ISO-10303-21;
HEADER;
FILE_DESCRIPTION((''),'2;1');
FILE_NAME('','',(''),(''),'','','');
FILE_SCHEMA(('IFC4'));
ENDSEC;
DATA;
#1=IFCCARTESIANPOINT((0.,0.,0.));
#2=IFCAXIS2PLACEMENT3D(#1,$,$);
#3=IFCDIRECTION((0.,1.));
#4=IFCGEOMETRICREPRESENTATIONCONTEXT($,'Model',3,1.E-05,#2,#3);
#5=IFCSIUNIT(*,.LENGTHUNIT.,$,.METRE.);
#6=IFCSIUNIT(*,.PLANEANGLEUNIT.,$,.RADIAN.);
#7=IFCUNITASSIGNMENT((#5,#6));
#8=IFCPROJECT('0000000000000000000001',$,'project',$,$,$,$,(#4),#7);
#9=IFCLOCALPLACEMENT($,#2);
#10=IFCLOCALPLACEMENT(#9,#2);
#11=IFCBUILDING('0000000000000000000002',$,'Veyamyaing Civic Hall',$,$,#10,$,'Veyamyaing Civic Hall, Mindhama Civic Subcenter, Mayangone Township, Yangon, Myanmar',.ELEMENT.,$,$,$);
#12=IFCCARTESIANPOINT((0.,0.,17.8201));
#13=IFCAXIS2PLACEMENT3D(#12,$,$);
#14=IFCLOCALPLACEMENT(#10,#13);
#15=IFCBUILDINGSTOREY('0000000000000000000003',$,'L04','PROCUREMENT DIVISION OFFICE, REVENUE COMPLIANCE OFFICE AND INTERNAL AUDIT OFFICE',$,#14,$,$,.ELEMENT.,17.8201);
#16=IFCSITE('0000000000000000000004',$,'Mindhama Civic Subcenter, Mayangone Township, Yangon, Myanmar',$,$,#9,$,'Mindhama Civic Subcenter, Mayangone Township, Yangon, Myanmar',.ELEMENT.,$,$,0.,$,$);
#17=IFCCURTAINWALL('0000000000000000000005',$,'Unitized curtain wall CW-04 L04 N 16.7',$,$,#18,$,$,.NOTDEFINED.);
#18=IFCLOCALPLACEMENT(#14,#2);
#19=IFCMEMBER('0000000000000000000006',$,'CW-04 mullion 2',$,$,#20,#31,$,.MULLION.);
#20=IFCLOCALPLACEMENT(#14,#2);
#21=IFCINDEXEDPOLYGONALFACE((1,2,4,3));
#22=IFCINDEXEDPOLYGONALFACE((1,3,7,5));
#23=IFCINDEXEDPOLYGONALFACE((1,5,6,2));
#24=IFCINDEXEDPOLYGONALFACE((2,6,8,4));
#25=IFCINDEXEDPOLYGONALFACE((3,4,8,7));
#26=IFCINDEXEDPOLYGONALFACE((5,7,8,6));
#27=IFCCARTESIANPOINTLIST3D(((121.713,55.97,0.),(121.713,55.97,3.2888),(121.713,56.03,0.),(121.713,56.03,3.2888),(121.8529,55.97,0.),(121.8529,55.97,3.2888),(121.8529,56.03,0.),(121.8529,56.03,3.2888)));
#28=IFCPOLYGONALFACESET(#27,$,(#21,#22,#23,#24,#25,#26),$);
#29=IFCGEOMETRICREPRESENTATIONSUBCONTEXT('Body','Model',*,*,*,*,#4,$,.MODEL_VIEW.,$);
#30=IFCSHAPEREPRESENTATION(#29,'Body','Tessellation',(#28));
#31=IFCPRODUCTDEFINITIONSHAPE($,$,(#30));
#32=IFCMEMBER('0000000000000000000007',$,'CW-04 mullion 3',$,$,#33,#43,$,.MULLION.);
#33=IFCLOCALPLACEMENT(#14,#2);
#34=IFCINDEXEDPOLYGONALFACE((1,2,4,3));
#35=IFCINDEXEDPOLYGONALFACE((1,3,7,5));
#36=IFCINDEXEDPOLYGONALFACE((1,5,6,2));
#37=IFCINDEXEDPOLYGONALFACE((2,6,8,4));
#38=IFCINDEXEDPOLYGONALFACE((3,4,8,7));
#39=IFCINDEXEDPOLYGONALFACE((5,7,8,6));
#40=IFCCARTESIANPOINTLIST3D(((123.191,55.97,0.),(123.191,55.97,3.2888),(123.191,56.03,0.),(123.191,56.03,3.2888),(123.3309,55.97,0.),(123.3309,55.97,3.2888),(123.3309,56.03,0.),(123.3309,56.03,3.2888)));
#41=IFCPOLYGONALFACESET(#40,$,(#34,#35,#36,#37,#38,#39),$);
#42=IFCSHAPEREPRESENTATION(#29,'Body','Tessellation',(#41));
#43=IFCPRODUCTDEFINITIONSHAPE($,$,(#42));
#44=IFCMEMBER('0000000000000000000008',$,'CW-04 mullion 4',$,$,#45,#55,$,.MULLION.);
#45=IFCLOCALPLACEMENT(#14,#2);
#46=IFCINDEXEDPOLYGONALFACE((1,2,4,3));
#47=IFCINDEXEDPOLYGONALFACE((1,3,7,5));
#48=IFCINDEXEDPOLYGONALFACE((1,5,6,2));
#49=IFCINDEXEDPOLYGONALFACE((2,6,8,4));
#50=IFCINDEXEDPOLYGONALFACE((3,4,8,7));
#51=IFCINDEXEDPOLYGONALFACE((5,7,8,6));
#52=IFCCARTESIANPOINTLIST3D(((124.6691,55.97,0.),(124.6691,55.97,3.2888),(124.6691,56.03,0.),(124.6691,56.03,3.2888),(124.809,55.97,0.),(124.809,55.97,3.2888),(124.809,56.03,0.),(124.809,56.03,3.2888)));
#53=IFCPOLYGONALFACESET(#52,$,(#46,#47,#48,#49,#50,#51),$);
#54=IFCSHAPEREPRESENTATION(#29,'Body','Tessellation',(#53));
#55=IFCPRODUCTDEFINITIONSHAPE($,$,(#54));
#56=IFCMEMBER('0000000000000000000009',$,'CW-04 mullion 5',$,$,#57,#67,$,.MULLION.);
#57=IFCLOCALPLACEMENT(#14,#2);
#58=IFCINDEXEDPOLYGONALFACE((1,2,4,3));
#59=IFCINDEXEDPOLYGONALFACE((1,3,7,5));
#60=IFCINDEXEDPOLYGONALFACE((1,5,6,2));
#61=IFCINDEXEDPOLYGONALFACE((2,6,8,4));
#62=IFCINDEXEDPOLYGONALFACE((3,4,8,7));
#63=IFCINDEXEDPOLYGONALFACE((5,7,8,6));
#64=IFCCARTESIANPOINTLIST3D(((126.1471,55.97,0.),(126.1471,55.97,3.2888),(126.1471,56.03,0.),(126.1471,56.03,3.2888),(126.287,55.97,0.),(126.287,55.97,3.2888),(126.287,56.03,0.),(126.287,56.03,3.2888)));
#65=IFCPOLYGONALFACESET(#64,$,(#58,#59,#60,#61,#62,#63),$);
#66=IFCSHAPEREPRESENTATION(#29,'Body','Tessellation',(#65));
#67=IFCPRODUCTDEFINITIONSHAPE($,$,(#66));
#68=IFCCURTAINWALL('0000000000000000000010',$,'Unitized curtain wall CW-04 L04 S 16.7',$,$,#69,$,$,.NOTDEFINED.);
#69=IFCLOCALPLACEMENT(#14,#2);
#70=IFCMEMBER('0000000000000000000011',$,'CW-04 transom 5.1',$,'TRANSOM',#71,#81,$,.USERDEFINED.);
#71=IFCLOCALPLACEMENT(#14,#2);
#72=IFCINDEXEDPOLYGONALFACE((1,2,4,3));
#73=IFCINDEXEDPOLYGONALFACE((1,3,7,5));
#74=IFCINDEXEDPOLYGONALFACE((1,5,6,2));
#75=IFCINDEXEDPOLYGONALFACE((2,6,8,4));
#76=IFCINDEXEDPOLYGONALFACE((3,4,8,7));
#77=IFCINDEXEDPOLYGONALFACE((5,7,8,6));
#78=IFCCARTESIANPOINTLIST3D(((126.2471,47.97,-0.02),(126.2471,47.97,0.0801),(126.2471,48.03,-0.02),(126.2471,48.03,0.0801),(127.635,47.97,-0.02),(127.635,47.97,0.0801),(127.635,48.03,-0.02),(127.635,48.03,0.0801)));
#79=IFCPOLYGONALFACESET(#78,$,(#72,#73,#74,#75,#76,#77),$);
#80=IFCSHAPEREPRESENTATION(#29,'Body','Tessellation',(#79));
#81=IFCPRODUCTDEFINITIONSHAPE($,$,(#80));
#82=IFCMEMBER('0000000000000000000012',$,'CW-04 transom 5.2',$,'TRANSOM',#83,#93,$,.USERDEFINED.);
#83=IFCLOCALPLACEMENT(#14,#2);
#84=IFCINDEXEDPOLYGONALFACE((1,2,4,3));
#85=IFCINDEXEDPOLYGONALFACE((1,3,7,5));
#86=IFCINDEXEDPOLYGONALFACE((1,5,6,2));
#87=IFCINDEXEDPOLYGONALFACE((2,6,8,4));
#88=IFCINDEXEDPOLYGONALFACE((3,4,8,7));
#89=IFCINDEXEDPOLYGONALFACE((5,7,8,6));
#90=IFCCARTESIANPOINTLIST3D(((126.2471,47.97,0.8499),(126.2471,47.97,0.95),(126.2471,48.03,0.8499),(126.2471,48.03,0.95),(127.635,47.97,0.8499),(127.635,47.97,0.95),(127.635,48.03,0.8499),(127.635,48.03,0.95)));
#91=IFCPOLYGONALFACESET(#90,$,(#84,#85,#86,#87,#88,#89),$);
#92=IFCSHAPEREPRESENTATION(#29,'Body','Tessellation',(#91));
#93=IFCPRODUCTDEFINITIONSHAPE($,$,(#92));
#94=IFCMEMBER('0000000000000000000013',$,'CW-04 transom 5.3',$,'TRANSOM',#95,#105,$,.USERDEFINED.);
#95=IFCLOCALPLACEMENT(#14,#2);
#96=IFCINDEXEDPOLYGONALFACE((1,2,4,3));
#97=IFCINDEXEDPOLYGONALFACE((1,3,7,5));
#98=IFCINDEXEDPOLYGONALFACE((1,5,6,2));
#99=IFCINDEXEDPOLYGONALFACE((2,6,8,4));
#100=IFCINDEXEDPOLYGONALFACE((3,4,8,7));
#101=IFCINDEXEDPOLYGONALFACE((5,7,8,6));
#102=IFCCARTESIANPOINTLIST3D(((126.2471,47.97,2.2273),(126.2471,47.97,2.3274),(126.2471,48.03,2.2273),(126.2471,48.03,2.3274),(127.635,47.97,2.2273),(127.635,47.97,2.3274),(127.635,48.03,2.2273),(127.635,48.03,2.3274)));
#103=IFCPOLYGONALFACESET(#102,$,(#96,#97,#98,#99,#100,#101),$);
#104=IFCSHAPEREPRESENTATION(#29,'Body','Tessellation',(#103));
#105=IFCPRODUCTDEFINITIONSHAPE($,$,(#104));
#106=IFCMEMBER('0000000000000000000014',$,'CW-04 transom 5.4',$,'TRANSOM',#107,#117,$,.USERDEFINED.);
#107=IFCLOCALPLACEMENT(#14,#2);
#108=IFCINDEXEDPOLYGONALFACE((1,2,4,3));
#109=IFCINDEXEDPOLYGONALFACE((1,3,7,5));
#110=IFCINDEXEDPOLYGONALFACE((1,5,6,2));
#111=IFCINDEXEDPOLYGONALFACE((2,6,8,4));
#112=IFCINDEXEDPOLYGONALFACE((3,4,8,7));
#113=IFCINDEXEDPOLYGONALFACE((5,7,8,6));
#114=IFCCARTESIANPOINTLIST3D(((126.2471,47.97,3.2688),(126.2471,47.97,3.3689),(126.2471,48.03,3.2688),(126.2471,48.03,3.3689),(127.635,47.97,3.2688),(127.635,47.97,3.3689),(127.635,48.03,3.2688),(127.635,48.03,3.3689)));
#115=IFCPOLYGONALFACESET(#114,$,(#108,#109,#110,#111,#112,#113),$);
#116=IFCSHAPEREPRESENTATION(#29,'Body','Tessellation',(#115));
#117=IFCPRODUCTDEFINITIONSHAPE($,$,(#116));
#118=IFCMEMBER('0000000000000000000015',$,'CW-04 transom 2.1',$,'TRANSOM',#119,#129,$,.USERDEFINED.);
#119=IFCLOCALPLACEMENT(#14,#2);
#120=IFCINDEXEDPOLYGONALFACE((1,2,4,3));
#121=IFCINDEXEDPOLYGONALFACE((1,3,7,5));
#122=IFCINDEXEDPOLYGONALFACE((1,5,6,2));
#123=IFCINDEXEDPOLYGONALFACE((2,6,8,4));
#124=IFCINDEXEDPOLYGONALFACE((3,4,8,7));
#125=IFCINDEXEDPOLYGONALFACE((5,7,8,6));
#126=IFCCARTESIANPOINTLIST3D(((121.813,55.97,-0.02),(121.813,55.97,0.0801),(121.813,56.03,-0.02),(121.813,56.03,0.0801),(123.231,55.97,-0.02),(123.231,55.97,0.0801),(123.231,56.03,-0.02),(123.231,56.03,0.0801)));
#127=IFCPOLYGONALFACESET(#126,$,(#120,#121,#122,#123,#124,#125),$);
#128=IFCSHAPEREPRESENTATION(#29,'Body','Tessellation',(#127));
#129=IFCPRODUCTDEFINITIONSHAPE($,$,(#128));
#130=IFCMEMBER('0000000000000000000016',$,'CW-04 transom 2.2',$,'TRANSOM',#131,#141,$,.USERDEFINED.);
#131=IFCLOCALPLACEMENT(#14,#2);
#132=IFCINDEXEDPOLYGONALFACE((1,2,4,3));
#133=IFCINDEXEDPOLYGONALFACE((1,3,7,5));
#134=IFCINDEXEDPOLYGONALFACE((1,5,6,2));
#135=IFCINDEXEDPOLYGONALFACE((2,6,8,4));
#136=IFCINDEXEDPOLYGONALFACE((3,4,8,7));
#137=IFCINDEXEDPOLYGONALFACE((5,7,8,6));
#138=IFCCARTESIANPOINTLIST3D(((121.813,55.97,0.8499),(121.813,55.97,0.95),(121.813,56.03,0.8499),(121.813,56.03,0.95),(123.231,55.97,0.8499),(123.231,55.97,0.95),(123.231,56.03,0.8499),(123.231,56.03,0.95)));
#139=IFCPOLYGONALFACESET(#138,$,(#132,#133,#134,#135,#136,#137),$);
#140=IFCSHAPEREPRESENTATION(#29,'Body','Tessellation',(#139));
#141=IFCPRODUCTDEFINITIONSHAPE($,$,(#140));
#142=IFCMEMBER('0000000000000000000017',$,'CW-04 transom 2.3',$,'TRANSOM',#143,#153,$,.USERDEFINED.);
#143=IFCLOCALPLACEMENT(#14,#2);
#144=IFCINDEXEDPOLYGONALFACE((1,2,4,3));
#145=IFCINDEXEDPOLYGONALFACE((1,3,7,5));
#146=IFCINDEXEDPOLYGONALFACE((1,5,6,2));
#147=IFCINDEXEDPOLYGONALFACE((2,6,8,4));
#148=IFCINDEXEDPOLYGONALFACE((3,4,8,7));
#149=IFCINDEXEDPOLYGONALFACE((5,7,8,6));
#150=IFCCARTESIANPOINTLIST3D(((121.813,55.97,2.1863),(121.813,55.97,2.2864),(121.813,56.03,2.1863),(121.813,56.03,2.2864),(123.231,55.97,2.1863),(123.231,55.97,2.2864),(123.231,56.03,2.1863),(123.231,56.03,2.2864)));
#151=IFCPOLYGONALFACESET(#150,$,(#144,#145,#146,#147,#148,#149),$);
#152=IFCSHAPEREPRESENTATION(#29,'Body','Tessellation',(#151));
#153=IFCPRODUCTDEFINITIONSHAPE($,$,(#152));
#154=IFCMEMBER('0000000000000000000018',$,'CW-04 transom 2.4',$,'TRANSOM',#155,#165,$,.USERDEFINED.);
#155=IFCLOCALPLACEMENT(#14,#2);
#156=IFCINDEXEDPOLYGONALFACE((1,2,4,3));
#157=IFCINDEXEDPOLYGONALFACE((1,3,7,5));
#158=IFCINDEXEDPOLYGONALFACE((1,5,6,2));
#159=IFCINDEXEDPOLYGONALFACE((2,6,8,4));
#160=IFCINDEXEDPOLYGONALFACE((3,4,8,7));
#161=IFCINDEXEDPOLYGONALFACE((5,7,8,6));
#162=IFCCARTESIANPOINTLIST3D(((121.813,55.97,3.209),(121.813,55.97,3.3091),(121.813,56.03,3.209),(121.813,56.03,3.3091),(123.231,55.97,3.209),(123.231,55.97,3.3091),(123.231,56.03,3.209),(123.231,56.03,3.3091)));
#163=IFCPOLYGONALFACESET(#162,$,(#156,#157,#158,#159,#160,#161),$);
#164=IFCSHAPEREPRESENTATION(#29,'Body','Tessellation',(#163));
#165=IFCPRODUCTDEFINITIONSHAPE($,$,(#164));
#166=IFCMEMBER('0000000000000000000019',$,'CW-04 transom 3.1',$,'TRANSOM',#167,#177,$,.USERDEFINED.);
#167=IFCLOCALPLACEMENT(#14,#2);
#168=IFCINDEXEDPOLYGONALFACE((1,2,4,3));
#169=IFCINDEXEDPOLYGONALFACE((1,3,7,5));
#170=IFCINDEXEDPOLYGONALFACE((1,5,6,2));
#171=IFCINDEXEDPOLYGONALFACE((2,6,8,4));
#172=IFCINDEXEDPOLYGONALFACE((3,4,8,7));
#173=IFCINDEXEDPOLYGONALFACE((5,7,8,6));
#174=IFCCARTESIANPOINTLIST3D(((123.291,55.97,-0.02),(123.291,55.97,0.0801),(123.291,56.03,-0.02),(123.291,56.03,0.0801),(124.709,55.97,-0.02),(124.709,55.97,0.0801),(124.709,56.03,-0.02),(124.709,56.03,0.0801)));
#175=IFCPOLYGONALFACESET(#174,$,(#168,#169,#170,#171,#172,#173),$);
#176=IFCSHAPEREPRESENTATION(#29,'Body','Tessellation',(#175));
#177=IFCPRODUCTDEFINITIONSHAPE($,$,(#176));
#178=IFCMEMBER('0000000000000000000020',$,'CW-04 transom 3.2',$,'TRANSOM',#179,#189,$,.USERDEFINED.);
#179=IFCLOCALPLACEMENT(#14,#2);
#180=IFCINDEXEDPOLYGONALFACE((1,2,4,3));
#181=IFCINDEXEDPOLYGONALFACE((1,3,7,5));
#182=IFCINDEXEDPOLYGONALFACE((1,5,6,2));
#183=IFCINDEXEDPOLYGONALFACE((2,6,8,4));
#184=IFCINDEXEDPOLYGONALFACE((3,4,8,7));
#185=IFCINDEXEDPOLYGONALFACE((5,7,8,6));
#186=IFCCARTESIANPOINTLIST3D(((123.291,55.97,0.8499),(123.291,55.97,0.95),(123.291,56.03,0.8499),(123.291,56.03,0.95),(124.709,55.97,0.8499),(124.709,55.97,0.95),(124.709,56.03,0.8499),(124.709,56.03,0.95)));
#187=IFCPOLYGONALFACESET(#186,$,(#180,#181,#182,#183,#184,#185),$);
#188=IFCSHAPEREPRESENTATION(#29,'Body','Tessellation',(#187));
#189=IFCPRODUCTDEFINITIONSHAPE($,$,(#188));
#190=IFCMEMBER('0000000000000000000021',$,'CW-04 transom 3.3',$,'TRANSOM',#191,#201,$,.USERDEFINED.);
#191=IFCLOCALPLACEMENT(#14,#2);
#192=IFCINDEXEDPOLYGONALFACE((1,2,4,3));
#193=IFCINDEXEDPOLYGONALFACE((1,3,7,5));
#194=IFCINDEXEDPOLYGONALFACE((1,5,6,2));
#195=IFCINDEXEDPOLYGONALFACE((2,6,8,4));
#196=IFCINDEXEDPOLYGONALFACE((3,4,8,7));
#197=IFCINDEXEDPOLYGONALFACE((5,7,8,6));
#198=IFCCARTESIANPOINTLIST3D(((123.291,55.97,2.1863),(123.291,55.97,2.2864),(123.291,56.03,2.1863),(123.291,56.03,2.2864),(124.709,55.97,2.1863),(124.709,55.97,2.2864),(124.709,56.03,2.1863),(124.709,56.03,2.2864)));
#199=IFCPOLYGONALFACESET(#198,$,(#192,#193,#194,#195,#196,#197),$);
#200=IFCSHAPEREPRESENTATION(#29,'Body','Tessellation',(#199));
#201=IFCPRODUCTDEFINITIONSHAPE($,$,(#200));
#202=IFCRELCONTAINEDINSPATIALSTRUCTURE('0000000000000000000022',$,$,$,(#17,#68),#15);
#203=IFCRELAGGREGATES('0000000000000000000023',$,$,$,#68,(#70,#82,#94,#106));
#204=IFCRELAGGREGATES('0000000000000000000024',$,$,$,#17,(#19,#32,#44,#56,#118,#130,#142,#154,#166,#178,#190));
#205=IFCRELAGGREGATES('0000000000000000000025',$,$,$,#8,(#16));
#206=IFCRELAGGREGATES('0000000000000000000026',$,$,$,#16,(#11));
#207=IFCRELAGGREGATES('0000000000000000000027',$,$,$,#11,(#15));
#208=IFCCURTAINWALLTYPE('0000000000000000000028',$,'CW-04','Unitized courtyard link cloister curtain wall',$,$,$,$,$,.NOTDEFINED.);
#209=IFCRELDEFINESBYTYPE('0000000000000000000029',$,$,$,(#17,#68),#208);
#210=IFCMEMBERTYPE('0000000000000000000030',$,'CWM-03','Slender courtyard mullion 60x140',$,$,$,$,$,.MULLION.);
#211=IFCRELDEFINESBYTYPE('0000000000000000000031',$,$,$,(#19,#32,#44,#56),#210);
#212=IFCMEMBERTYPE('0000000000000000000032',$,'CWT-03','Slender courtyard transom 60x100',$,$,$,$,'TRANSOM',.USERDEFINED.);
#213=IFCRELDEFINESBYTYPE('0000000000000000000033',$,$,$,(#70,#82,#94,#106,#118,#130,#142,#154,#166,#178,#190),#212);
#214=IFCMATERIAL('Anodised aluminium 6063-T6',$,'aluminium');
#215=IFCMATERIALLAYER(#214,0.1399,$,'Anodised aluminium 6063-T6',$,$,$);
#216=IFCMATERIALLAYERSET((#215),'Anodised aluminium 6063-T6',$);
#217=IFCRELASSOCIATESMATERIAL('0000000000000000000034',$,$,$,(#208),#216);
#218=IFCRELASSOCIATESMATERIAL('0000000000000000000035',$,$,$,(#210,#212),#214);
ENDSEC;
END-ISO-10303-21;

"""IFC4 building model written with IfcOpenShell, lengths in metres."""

from ifc_helpers import new_model, si_unit, direction, frame, origin, origin_2d, place, context, subcontext, project, spatial, rectangle, extrude, material, layer, layer_set, material_profile, profile_set, type_object, element, aggregate, save


model = new_model("IFC4")

# Units and contexts
model_context = context("Model", 3, precision=1e-05, world=origin(), true_north=direction((0.0, 1.0)))
body_context = subcontext(model_context, "Body", "Model", "MODEL_VIEW")
ifc_project = project(units=[si_unit("LENGTHUNIT", "METRE"), si_unit("PLANEANGLEUNIT", "RADIAN")], contexts=[model_context])

# Site, building, storey
site_placement = place(None, origin())
site = spatial("IfcSite", under=ifc_project, at=site_placement, Name="Mindhama Civic Subcenter, Mayangone Township, Yangon, Myanmar", LongName="Mindhama Civic Subcenter, Mayangone Township, Yangon, Myanmar", CompositionType="ELEMENT", RefElevation=0.0)
building_placement = place(site_placement, origin())
building = spatial("IfcBuilding", under=site, at=building_placement, Name="Veyamyaing Civic Hall", LongName="Veyamyaing Civic Hall, Mindhama Civic Subcenter, Mayangone Township, Yangon, Myanmar", CompositionType="ELEMENT")
storey_placement = place(building_placement, frame((0.0, 0.0, 17.8201)))
storey = spatial("IfcBuildingStorey", under=building, at=storey_placement, Name="L04", Description="PROCUREMENT DIVISION OFFICE, REVENUE COMPLIANCE OFFICE AND INTERNAL AUDIT OFFICE", CompositionType="ELEMENT", Elevation=17.8201)

# Curtain walls, members
ifc_material_1 = material(Name="Anodised aluminium 6063-T6", Category="aluminium")
ifc_layer_1 = layer(ifc_material_1, 0.1399, Name="Anodised aluminium 6063-T6")
ifc_layer_set_1 = layer_set([ifc_layer_1], Name="Anodised aluminium 6063-T6")
curtain_wall_type = type_object("IfcCurtainWallType", Name="CW-04", Description="Unitized courtyard link cloister curtain wall", PredefinedType="NOTDEFINED", material=ifc_layer_set_1)
curtain_wall_1_placement = place(storey_placement, origin())
curtain_wall_1 = element("IfcCurtainWall", 1, at=curtain_wall_1_placement, inside=storey, type_object=curtain_wall_type, Name="Unitized curtain wall CW-04 L04 N 16.7", PredefinedType="NOTDEFINED")
ifc_material_profile_1 = material_profile(ifc_material_1, rectangle(XDim=0.0601, YDim=0.1399, at=origin_2d()), Name="ALU-MUL-60X140")
ifc_profile_set_1 = profile_set([ifc_material_profile_1], Name="Anodised aluminium 6063-T6")
member_type_1 = type_object("IfcMemberType", Name="CWM-03", Description="Slender courtyard mullion 60x140", PredefinedType="MULLION", material=ifc_profile_set_1)
member_1_placement = place(storey_placement, frame((121.783, 56.0, 0.0), z_axis=(0.0, 0.0, 1.0), x_axis=(0.0, 1.0, 0.0)))
member_1 = element("IfcMember", 2, at=member_1_placement, type_object=member_type_1, Name="CW-04 mullion 2", PredefinedType="MULLION", context=body_context, shape_type="SweptSolid", body=[
    extrude(rectangle(XDim=0.0601, YDim=0.1399, at=origin_2d()), origin(), (0.0, 0.0, 1.0), 3.2888),
])
member_2_placement = place(storey_placement, frame((123.261, 56.0, 0.0), z_axis=(0.0, 0.0, 1.0), x_axis=(0.0, 1.0, 0.0)))
member_2 = element("IfcMember", 3, at=member_2_placement, type_object=member_type_1, Name="CW-04 mullion 3", PredefinedType="MULLION", context=body_context, shape_type="SweptSolid", body=[
    extrude(rectangle(XDim=0.0601, YDim=0.1399, at=origin_2d()), origin(), (0.0, 0.0, 1.0), 3.2888),
])
member_3_placement = place(storey_placement, frame((124.739, 56.0, 0.0), z_axis=(0.0, 0.0, 1.0), x_axis=(0.0, 1.0, 0.0)))
member_3 = element("IfcMember", 4, at=member_3_placement, type_object=member_type_1, Name="CW-04 mullion 4", PredefinedType="MULLION", context=body_context, shape_type="SweptSolid", body=[
    extrude(rectangle(XDim=0.0601, YDim=0.1399, at=origin_2d()), origin(), (0.0, 0.0, 1.0), 3.2888),
])
member_4_placement = place(storey_placement, frame((126.217, 56.0, 0.0), z_axis=(0.0, 0.0, 1.0), x_axis=(0.0, 1.0, 0.0)))
member_4 = element("IfcMember", 5, at=member_4_placement, type_object=member_type_1, Name="CW-04 mullion 5", PredefinedType="MULLION", context=body_context, shape_type="SweptSolid", body=[
    extrude(rectangle(XDim=0.0601, YDim=0.1399, at=origin_2d()), origin(), (0.0, 0.0, 1.0), 3.2888),
])
curtain_wall_2_placement = place(storey_placement, origin())
curtain_wall_2 = element("IfcCurtainWall", 6, at=curtain_wall_2_placement, inside=storey, type_object=curtain_wall_type, Name="Unitized curtain wall CW-04 L04 S 16.7", PredefinedType="NOTDEFINED")
ifc_material_profile_2 = material_profile(ifc_material_1, rectangle(XDim=0.0601, YDim=0.1001, at=origin_2d()), Name="ALU-TRN-60X100")
ifc_profile_set_2 = profile_set([ifc_material_profile_2], Name="Anodised aluminium 6063-T6")
member_type_2 = type_object("IfcMemberType", Name="CWT-03", Description="Slender courtyard transom 60x100", ElementType="TRANSOM", PredefinedType="USERDEFINED", material=ifc_profile_set_2)
member_5_placement = place(storey_placement, frame((126.2471, 48.0, 0.03), z_axis=(1.0, 0.0, 0.0), x_axis=(0.0, 1.0, 0.0)))
member_5 = element("IfcMember", 7, at=member_5_placement, type_object=member_type_2, Name="CW-04 transom 5.1", ObjectType="TRANSOM", PredefinedType="USERDEFINED", context=body_context, shape_type="SweptSolid", body=[
    extrude(rectangle(XDim=0.0601, YDim=0.1001, at=origin_2d()), origin(), (0.0, 0.0, 1.0), 1.3879),
])
member_6_placement = place(storey_placement, frame((126.2471, 48.0, 0.8999), z_axis=(1.0, 0.0, 0.0), x_axis=(0.0, 1.0, 0.0)))
member_6 = element("IfcMember", 8, at=member_6_placement, type_object=member_type_2, Name="CW-04 transom 5.2", ObjectType="TRANSOM", PredefinedType="USERDEFINED", context=body_context, shape_type="SweptSolid", body=[
    extrude(rectangle(XDim=0.0601, YDim=0.1001, at=origin_2d()), origin(), (0.0, 0.0, 1.0), 1.3879),
])
member_7_placement = place(storey_placement, frame((126.2471, 48.0, 2.2773), z_axis=(1.0, 0.0, 0.0), x_axis=(0.0, 1.0, 0.0)))
member_7 = element("IfcMember", 9, at=member_7_placement, type_object=member_type_2, Name="CW-04 transom 5.3", ObjectType="TRANSOM", PredefinedType="USERDEFINED", context=body_context, shape_type="SweptSolid", body=[
    extrude(rectangle(XDim=0.0601, YDim=0.1001, at=origin_2d()), origin(), (0.0, 0.0, 1.0), 1.3879),
])
member_8_placement = place(storey_placement, frame((126.2471, 48.0, 3.3188), z_axis=(1.0, 0.0, 0.0), x_axis=(0.0, 1.0, 0.0)))
member_8 = element("IfcMember", 10, at=member_8_placement, type_object=member_type_2, Name="CW-04 transom 5.4", ObjectType="TRANSOM", PredefinedType="USERDEFINED", context=body_context, shape_type="SweptSolid", body=[
    extrude(rectangle(XDim=0.0601, YDim=0.1001, at=origin_2d()), origin(), (0.0, 0.0, 1.0), 1.3879),
])
aggregate(curtain_wall_2, [member_5, member_6, member_7, member_8])

# Members
member_9_placement = place(storey_placement, frame((121.813, 56.0, 0.03), z_axis=(1.0, 0.0, 0.0), x_axis=(0.0, 1.0, 0.0)))
member_9 = element("IfcMember", 11, at=member_9_placement, type_object=member_type_2, Name="CW-04 transom 2.1", ObjectType="TRANSOM", PredefinedType="USERDEFINED", context=body_context, shape_type="SweptSolid", body=[
    extrude(rectangle(XDim=0.0601, YDim=0.1001, at=origin_2d()), origin(), (0.0, 0.0, 1.0), 1.418),
])
member_10_placement = place(storey_placement, frame((121.813, 56.0, 0.8999), z_axis=(1.0, 0.0, 0.0), x_axis=(0.0, 1.0, 0.0)))
member_10 = element("IfcMember", 12, at=member_10_placement, type_object=member_type_2, Name="CW-04 transom 2.2", ObjectType="TRANSOM", PredefinedType="USERDEFINED", context=body_context, shape_type="SweptSolid", body=[
    extrude(rectangle(XDim=0.0601, YDim=0.1001, at=origin_2d()), origin(), (0.0, 0.0, 1.0), 1.418),
])
member_11_placement = place(storey_placement, frame((121.813, 56.0, 2.2363), z_axis=(1.0, 0.0, 0.0), x_axis=(0.0, 1.0, 0.0)))
member_11 = element("IfcMember", 13, at=member_11_placement, type_object=member_type_2, Name="CW-04 transom 2.3", ObjectType="TRANSOM", PredefinedType="USERDEFINED", context=body_context, shape_type="SweptSolid", body=[
    extrude(rectangle(XDim=0.0601, YDim=0.1001, at=origin_2d()), origin(), (0.0, 0.0, 1.0), 1.418),
])
member_12_placement = place(storey_placement, frame((121.813, 56.0, 3.259), z_axis=(1.0, 0.0, 0.0), x_axis=(0.0, 1.0, 0.0)))
member_12 = element("IfcMember", 14, at=member_12_placement, type_object=member_type_2, Name="CW-04 transom 2.4", ObjectType="TRANSOM", PredefinedType="USERDEFINED", context=body_context, shape_type="SweptSolid", body=[
    extrude(rectangle(XDim=0.0601, YDim=0.1001, at=origin_2d()), origin(), (0.0, 0.0, 1.0), 1.418),
])
member_13_placement = place(storey_placement, frame((123.291, 56.0, 0.03), z_axis=(1.0, 0.0, 0.0), x_axis=(0.0, 1.0, 0.0)))
member_13 = element("IfcMember", 15, at=member_13_placement, type_object=member_type_2, Name="CW-04 transom 3.1", ObjectType="TRANSOM", PredefinedType="USERDEFINED", context=body_context, shape_type="SweptSolid", body=[
    extrude(rectangle(XDim=0.0601, YDim=0.1001, at=origin_2d()), origin(), (0.0, 0.0, 1.0), 1.418),
])
member_14_placement = place(storey_placement, frame((123.291, 56.0, 0.8999), z_axis=(1.0, 0.0, 0.0), x_axis=(0.0, 1.0, 0.0)))
member_14 = element("IfcMember", 16, at=member_14_placement, type_object=member_type_2, Name="CW-04 transom 3.2", ObjectType="TRANSOM", PredefinedType="USERDEFINED", context=body_context, shape_type="SweptSolid", body=[
    extrude(rectangle(XDim=0.0601, YDim=0.1001, at=origin_2d()), origin(), (0.0, 0.0, 1.0), 1.418),
])
member_15_placement = place(storey_placement, frame((123.291, 56.0, 2.2363), z_axis=(1.0, 0.0, 0.0), x_axis=(0.0, 1.0, 0.0)))
member_15 = element("IfcMember", 17, at=member_15_placement, type_object=member_type_2, Name="CW-04 transom 3.3", ObjectType="TRANSOM", PredefinedType="USERDEFINED", context=body_context, shape_type="SweptSolid", body=[
    extrude(rectangle(XDim=0.0601, YDim=0.1001, at=origin_2d()), origin(), (0.0, 0.0, 1.0), 1.418),
])

aggregate(curtain_wall_1, [member_1, member_2, member_3, member_4, member_9, member_10, member_11, member_12, member_13, member_14, member_15])

save(model, "model.ifc")
